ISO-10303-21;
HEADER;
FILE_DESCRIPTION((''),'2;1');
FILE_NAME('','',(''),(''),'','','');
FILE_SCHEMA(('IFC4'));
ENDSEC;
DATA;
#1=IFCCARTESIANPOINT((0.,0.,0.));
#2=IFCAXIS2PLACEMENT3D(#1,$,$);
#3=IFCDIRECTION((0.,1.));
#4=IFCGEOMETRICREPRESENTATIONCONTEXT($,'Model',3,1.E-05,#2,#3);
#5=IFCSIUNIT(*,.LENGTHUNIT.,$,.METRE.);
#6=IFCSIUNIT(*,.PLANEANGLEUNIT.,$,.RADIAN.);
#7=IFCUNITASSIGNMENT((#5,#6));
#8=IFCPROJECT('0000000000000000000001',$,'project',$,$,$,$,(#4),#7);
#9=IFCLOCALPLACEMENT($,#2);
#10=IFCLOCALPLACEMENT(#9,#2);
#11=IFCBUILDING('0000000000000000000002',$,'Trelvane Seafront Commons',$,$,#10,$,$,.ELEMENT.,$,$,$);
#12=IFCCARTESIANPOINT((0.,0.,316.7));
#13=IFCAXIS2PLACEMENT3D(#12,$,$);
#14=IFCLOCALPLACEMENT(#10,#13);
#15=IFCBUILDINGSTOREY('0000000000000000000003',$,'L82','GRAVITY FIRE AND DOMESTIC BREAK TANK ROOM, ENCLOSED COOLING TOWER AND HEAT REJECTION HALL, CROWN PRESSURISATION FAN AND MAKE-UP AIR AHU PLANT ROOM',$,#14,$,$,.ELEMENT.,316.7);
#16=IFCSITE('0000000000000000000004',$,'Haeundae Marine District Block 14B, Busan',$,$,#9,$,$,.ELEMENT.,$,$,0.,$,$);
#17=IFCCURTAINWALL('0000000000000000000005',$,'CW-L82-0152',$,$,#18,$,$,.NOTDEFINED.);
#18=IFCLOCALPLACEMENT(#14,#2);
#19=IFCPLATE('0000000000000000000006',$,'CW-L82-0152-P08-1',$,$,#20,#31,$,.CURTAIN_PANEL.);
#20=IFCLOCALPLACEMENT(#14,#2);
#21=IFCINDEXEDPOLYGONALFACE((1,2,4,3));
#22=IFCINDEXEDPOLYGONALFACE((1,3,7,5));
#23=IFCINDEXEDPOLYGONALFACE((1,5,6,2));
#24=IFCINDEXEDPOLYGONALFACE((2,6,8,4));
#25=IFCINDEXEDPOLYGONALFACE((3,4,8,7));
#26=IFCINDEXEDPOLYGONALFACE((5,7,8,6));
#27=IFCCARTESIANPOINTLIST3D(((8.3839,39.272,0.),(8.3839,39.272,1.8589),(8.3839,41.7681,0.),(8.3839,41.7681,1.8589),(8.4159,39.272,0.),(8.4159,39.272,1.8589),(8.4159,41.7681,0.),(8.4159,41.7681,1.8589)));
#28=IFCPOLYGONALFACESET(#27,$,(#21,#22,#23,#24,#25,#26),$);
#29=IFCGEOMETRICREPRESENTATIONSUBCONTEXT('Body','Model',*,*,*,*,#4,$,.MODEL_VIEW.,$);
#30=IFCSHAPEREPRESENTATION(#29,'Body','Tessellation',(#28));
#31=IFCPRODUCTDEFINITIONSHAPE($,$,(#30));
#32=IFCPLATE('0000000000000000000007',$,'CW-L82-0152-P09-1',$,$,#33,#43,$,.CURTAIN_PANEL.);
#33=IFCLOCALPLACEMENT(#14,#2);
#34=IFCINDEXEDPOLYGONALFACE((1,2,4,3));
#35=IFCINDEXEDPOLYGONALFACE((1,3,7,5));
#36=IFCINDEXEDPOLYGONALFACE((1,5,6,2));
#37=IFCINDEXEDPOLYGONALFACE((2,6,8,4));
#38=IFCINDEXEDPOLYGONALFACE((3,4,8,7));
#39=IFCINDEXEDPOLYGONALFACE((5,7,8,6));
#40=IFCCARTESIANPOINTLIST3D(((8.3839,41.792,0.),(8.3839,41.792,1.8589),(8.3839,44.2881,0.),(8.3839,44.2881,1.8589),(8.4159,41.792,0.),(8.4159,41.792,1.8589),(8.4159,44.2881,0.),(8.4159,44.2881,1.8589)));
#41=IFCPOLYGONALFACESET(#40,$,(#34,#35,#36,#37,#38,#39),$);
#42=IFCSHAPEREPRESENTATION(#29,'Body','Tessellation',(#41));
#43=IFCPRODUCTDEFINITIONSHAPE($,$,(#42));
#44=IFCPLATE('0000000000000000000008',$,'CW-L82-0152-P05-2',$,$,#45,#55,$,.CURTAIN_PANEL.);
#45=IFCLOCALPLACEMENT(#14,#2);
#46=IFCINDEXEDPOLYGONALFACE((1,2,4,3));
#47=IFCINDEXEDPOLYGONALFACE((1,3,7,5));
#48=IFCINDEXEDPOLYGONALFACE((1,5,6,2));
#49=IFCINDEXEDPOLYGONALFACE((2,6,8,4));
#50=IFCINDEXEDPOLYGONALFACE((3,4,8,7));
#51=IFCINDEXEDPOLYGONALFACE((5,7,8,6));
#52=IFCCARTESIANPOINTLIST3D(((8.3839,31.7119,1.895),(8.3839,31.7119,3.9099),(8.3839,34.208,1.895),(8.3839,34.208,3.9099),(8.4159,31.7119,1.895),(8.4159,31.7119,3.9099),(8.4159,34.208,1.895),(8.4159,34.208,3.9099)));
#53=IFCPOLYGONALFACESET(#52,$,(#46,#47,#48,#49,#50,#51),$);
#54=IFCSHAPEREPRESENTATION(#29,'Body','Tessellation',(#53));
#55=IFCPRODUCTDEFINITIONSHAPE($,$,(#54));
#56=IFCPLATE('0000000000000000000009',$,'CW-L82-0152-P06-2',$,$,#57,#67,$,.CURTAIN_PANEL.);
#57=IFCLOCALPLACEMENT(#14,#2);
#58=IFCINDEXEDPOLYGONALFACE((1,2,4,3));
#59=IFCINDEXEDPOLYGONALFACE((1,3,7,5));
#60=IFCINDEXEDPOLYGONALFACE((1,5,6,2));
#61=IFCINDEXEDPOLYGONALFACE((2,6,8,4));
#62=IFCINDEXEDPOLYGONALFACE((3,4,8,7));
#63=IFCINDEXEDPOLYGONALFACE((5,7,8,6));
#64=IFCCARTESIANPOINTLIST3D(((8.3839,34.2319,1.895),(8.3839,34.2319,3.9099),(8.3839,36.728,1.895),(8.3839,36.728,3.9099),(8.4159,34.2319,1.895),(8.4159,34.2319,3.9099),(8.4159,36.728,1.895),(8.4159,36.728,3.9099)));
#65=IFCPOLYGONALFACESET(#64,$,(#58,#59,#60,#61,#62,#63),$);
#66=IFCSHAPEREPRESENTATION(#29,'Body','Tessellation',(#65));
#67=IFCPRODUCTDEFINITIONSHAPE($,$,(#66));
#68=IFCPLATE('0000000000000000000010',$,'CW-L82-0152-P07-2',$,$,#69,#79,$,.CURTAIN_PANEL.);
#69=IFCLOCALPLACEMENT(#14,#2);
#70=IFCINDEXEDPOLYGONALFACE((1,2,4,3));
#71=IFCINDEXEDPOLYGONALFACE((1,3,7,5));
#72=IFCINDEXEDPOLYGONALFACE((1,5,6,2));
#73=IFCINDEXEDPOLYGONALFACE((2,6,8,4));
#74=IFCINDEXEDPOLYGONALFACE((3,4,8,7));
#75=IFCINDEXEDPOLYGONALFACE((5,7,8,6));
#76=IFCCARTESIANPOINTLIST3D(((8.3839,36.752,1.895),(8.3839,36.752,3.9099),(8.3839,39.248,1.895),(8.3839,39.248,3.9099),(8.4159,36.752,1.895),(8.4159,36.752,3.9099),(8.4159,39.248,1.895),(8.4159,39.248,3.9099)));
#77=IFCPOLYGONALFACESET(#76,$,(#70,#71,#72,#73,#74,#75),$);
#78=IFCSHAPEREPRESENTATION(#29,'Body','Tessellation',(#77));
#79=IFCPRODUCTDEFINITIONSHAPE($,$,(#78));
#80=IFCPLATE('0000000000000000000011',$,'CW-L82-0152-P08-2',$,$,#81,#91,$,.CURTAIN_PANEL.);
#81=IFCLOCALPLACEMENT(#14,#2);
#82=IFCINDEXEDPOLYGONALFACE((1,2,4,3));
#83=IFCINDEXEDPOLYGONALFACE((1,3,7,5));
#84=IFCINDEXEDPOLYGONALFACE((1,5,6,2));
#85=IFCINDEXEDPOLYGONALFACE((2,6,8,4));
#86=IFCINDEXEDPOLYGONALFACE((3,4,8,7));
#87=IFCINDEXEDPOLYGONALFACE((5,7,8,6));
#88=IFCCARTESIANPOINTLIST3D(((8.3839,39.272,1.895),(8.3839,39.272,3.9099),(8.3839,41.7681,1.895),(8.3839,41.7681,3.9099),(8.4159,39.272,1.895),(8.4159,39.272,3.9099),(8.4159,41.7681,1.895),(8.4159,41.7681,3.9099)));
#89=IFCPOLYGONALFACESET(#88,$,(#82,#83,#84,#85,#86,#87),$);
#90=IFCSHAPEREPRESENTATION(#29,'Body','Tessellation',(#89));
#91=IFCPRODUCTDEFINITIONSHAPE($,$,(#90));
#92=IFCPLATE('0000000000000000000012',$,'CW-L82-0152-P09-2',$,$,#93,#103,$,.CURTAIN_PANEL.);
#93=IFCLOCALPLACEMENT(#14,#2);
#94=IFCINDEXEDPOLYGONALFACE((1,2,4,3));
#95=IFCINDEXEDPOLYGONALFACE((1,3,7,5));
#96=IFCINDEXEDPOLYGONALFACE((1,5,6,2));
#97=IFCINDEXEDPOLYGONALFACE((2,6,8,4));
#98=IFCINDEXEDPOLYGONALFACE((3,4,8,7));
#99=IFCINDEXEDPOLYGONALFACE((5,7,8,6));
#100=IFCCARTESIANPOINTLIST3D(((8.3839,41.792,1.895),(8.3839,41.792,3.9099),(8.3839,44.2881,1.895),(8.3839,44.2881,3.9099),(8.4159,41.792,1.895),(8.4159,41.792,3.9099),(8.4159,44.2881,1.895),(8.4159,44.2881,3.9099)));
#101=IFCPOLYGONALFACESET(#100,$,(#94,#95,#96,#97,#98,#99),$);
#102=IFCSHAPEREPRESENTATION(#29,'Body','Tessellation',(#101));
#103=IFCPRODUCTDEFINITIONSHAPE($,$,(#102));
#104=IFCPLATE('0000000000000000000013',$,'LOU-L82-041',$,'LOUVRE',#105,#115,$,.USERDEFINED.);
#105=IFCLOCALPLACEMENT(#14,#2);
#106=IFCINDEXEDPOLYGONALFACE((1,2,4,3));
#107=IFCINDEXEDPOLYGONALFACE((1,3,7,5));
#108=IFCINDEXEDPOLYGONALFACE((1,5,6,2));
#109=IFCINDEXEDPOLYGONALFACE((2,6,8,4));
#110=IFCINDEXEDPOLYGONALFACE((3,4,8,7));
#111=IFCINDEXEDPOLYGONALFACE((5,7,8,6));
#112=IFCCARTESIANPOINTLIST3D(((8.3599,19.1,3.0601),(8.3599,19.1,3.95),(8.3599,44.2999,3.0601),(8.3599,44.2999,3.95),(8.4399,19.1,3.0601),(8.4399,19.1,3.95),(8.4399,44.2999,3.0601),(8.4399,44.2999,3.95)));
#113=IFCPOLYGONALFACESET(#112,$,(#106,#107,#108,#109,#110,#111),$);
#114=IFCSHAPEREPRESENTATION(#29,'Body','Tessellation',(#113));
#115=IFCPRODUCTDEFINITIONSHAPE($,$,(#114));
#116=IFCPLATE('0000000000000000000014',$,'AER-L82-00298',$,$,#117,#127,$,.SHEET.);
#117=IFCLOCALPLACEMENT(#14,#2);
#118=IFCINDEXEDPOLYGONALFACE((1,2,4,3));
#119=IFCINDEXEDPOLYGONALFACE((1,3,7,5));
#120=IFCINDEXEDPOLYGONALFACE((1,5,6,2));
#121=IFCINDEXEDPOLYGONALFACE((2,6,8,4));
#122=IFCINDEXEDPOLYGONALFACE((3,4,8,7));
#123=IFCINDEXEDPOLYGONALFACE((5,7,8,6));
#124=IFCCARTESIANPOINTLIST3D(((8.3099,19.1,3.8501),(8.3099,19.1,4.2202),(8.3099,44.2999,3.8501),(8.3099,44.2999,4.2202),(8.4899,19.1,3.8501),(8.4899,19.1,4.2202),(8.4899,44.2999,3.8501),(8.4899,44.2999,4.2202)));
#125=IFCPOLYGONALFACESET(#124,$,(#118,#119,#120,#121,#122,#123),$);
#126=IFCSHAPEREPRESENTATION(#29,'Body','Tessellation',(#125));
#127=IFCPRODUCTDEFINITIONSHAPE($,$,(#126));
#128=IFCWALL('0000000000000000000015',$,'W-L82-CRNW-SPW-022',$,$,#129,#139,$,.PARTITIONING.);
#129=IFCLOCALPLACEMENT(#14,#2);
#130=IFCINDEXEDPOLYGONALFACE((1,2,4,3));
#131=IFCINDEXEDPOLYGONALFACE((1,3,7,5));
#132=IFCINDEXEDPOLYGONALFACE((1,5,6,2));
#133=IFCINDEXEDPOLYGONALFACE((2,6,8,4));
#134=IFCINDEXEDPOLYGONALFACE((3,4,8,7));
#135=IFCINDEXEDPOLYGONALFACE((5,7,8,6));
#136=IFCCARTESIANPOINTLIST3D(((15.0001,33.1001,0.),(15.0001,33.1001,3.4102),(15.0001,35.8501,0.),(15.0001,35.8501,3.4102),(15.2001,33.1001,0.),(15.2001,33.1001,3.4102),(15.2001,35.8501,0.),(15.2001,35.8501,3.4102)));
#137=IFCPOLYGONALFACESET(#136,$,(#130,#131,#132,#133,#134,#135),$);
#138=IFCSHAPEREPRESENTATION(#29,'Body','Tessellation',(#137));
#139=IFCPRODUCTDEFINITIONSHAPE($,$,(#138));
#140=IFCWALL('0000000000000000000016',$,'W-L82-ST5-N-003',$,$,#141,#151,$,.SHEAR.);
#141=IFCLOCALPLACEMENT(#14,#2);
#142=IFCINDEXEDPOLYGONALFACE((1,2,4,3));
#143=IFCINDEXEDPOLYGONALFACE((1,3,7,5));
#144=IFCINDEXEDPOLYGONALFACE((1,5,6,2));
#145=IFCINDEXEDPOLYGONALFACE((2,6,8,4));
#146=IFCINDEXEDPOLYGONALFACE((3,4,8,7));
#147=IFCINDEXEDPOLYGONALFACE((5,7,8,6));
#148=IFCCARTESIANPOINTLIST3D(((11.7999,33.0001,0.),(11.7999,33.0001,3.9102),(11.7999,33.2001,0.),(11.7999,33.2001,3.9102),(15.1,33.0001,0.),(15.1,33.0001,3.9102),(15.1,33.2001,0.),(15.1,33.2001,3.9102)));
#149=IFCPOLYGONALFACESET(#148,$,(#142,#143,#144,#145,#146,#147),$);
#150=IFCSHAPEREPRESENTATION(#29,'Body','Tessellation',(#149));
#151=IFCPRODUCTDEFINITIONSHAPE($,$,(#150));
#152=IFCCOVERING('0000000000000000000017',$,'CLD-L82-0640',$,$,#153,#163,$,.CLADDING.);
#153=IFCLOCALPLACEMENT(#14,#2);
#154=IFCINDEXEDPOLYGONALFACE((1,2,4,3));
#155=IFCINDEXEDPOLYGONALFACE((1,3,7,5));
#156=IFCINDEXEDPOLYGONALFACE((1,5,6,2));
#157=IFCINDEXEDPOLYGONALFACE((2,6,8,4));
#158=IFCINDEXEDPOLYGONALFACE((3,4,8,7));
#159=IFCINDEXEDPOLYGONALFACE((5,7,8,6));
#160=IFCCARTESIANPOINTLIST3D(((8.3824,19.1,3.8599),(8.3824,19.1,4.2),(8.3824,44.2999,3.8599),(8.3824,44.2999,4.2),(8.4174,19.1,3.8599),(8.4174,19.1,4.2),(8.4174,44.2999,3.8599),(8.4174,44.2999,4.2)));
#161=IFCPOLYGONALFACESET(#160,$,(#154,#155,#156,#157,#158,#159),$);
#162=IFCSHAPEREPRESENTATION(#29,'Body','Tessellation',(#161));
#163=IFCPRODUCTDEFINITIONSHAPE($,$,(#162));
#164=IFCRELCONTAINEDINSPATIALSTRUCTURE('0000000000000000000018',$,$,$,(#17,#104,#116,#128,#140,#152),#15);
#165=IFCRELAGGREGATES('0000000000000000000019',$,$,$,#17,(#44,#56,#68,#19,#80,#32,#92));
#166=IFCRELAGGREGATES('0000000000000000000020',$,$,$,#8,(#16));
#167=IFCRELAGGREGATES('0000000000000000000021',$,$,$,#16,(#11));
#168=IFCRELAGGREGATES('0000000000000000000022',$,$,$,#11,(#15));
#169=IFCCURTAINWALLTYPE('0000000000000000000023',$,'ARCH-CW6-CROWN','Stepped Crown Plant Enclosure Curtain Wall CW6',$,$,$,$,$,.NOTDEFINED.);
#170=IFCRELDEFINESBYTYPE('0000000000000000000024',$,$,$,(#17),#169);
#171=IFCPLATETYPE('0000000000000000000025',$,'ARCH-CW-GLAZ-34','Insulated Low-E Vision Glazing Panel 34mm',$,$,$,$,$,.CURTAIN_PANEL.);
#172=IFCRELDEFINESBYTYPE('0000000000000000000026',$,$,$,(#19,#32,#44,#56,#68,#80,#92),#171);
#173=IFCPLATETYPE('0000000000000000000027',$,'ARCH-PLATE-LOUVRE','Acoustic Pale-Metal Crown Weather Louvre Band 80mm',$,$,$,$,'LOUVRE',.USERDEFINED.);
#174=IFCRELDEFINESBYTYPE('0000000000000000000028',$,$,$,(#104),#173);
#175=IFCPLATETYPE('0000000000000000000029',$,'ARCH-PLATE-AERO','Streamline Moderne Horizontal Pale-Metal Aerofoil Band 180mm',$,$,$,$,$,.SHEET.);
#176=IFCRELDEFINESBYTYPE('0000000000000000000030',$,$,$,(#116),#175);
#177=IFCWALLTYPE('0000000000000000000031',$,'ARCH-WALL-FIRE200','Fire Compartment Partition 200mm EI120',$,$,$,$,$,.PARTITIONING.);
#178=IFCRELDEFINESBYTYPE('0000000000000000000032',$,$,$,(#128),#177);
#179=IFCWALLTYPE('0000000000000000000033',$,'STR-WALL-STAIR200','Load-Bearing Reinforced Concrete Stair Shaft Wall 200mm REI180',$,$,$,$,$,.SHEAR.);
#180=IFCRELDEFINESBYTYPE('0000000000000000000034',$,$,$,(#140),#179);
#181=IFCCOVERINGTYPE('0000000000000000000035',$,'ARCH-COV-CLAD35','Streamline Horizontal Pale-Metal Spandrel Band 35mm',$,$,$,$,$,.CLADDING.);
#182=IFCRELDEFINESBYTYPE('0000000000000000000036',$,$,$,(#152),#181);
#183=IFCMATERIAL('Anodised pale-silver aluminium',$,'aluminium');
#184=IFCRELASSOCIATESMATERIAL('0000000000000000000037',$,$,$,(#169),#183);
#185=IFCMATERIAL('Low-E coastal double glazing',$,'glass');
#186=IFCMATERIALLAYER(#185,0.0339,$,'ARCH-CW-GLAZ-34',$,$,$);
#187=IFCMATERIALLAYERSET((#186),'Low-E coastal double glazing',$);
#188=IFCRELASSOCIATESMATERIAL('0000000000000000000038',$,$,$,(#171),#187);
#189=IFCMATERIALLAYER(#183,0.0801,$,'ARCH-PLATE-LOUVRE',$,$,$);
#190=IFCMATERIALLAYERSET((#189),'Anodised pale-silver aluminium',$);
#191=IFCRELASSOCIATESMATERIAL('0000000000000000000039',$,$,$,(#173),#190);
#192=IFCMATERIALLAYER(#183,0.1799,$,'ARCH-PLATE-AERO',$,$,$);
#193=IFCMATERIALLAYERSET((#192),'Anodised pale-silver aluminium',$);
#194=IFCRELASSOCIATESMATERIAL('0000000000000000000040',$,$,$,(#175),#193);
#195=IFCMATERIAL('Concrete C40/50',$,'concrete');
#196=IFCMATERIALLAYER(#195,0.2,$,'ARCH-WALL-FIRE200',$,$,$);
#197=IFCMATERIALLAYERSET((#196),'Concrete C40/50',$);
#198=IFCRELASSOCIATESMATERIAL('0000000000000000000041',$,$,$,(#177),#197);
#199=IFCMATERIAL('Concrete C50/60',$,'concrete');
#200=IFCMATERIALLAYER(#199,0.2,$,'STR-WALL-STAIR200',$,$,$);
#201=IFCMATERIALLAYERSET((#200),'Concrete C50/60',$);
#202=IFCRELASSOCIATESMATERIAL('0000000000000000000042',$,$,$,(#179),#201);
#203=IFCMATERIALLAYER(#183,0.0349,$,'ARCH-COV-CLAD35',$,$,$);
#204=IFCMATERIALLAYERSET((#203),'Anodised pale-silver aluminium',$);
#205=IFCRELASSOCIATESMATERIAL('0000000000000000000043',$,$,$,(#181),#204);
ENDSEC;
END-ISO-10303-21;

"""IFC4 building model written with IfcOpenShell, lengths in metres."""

from ifc_helpers import new_model, si_unit, direction, frame, frame_2d, origin, origin_2d, place, context, subcontext, project, spatial, rectangle, extrude, source, transform, mapped, material, layer, layer_set, type_object, element, aggregate, save


model = new_model("IFC4")

# Units and contexts
model_context = context("Model", 3, precision=1e-05, world=origin(), true_north=direction((0.0, 1.0)))
body_context = subcontext(model_context, "Body", "Model", "MODEL_VIEW")
ifc_project = project(units=[si_unit("LENGTHUNIT", "METRE"), si_unit("PLANEANGLEUNIT", "RADIAN")], contexts=[model_context])

# Site, building, storey
site_placement = place(None, origin())
site = spatial("IfcSite", under=ifc_project, at=site_placement, Name="Haeundae Marine District Block 14B, Busan", CompositionType="ELEMENT", RefElevation=0.0)
building_placement = place(site_placement, origin())
building = spatial("IfcBuilding", under=site, at=building_placement, Name="Trelvane Seafront Commons", CompositionType="ELEMENT")
storey_placement = place(building_placement, frame((0.0, 0.0, 316.7)))
storey = spatial("IfcBuildingStorey", under=building, at=storey_placement, Name="L82", Description="GRAVITY FIRE AND DOMESTIC BREAK TANK ROOM, ENCLOSED COOLING TOWER AND HEAT REJECTION HALL, CROWN PRESSURISATION FAN AND MAKE-UP AIR AHU PLANT ROOM", CompositionType="ELEMENT", Elevation=316.7)

# Curtain wall, plates
ifc_material_1 = material(Name="Anodised pale-silver aluminium", Category="aluminium")
curtain_wall_type = type_object("IfcCurtainWallType", Name="ARCH-CW6-CROWN", Description="Stepped Crown Plant Enclosure Curtain Wall CW6", PredefinedType="NOTDEFINED", material=ifc_material_1)
curtain_wall_placement = place(storey_placement, origin())
curtain_wall = element("IfcCurtainWall", 1, at=curtain_wall_placement, inside=storey, type_object=curtain_wall_type, Name="CW-L82-0152", PredefinedType="NOTDEFINED")
ifc_material_2 = material(Name="Low-E coastal double glazing", Category="glass")
ifc_layer_1 = layer(ifc_material_2, 0.0339, Name="ARCH-CW-GLAZ-34")
ifc_layer_set_1 = layer_set([ifc_layer_1], Name="Low-E coastal double glazing")
plate_type_1 = type_object("IfcPlateType", Name="ARCH-CW-GLAZ-34", Description="Insulated Low-E Vision Glazing Panel 34mm", PredefinedType="CURTAIN_PANEL", material=ifc_layer_set_1)
shared_shape_1 = source(origin(), body_context, "Body", "SweptSolid", [
    extrude(rectangle(XDim=2.4961, YDim=0.032, at=origin_2d()), origin(), (0.0, 0.0, 1.0), 1.8589),
])
plate_1_placement = place(storey_placement, frame((8.3999, 40.52, 0.0), z_axis=(0.0, 0.0, 1.0), x_axis=(0.0, 1.0, 0.0)))
plate_1 = element("IfcPlate", 2, at=plate_1_placement, type_object=plate_type_1, Name="CW-L82-0152-P08-1", PredefinedType="CURTAIN_PANEL", context=body_context, shape_type="MappedRepresentation", body=[
    mapped(shared_shape_1, transform((0.0, 0.0, 0.0), x_axis=(1.0, 0.0, 0.0), y_axis=(0.0, 1.0, 0.0), z_axis=(0.0, 0.0, 1.0), scale=1.0)),
])
plate_2_placement = place(storey_placement, frame((8.3999, 43.04, 0.0), z_axis=(0.0, 0.0, 1.0), x_axis=(0.0, 1.0, 0.0)))
plate_2 = element("IfcPlate", 3, at=plate_2_placement, type_object=plate_type_1, Name="CW-L82-0152-P09-1", PredefinedType="CURTAIN_PANEL", context=body_context, shape_type="MappedRepresentation", body=[
    mapped(shared_shape_1, transform((0.0, 0.0, 0.0), x_axis=(1.0, 0.0, 0.0), y_axis=(0.0, 1.0, 0.0), z_axis=(0.0, 0.0, 1.0), scale=1.0)),
])
shared_shape_2 = source(origin(), body_context, "Body", "SweptSolid", [
    extrude(rectangle(XDim=2.4961, YDim=0.032, at=origin_2d()), origin(), (0.0, 0.0, 1.0), 2.0149),
])
plate_3_placement = place(storey_placement, frame((8.3999, 32.96, 1.895), z_axis=(0.0, 0.0, 1.0), x_axis=(0.0, 1.0, 0.0)))
plate_3 = element("IfcPlate", 4, at=plate_3_placement, type_object=plate_type_1, Name="CW-L82-0152-P05-2", PredefinedType="CURTAIN_PANEL", context=body_context, shape_type="MappedRepresentation", body=[
    mapped(shared_shape_2, transform((0.0, 0.0, 0.0), x_axis=(1.0, 0.0, 0.0), y_axis=(0.0, 1.0, 0.0), z_axis=(0.0, 0.0, 1.0), scale=1.0)),
])
plate_4_placement = place(storey_placement, frame((8.3999, 35.48, 1.895), z_axis=(0.0, 0.0, 1.0), x_axis=(0.0, 1.0, 0.0)))
plate_4 = element("IfcPlate", 5, at=plate_4_placement, type_object=plate_type_1, Name="CW-L82-0152-P06-2", PredefinedType="CURTAIN_PANEL", context=body_context, shape_type="MappedRepresentation", body=[
    mapped(shared_shape_2, transform((0.0, 0.0, 0.0), x_axis=(1.0, 0.0, 0.0), y_axis=(0.0, 1.0, 0.0), z_axis=(0.0, 0.0, 1.0), scale=1.0)),
])
plate_5_placement = place(storey_placement, frame((8.3999, 38.0, 1.895), z_axis=(0.0, 0.0, 1.0), x_axis=(0.0, 1.0, 0.0)))
plate_5 = element("IfcPlate", 6, at=plate_5_placement, type_object=plate_type_1, Name="CW-L82-0152-P07-2", PredefinedType="CURTAIN_PANEL", context=body_context, shape_type="MappedRepresentation", body=[
    mapped(shared_shape_2, transform((0.0, 0.0, 0.0), x_axis=(1.0, 0.0, 0.0), y_axis=(0.0, 1.0, 0.0), z_axis=(0.0, 0.0, 1.0), scale=1.0)),
])
plate_6_placement = place(storey_placement, frame((8.3999, 40.52, 1.895), z_axis=(0.0, 0.0, 1.0), x_axis=(0.0, 1.0, 0.0)))
plate_6 = element("IfcPlate", 7, at=plate_6_placement, type_object=plate_type_1, Name="CW-L82-0152-P08-2", PredefinedType="CURTAIN_PANEL", context=body_context, shape_type="MappedRepresentation", body=[
    mapped(shared_shape_2, transform((0.0, 0.0, 0.0), x_axis=(1.0, 0.0, 0.0), y_axis=(0.0, 1.0, 0.0), z_axis=(0.0, 0.0, 1.0), scale=1.0)),
])
plate_7_placement = place(storey_placement, frame((8.3999, 43.04, 1.895), z_axis=(0.0, 0.0, 1.0), x_axis=(0.0, 1.0, 0.0)))
plate_7 = element("IfcPlate", 8, at=plate_7_placement, type_object=plate_type_1, Name="CW-L82-0152-P09-2", PredefinedType="CURTAIN_PANEL", context=body_context, shape_type="MappedRepresentation", body=[
    mapped(shared_shape_2, transform((0.0, 0.0, 0.0), x_axis=(1.0, 0.0, 0.0), y_axis=(0.0, 1.0, 0.0), z_axis=(0.0, 0.0, 1.0), scale=1.0)),
])
aggregate(curtain_wall, [plate_3, plate_4, plate_5, plate_1, plate_6, plate_2, plate_7])

# Plates
ifc_layer_2 = layer(ifc_material_1, 0.0801, Name="ARCH-PLATE-LOUVRE")
ifc_layer_set_2 = layer_set([ifc_layer_2], Name="Anodised pale-silver aluminium")
plate_type_2 = type_object("IfcPlateType", Name="ARCH-PLATE-LOUVRE", Description="Acoustic Pale-Metal Crown Weather Louvre Band 80mm", ElementType="LOUVRE", PredefinedType="USERDEFINED", material=ifc_layer_set_2)
shared_shape_3 = source(origin(), body_context, "Body", "SweptSolid", [
    extrude(rectangle(XDim=25.2, YDim=0.0801, at=origin_2d()), origin(), (0.0, 0.0, 1.0), 0.8899),
])
plate_8_placement = place(storey_placement, frame((8.3999, 31.7, 3.0601), z_axis=(0.0, 0.0, 1.0), x_axis=(0.0, 1.0, 0.0)))
element("IfcPlate", 9, at=plate_8_placement, inside=storey, type_object=plate_type_2, Name="LOU-L82-041", ObjectType="LOUVRE", PredefinedType="USERDEFINED", context=body_context, shape_type="MappedRepresentation", body=[
    mapped(shared_shape_3, transform((0.0, 0.0, 0.0), x_axis=(1.0, 0.0, 0.0), y_axis=(0.0, 1.0, 0.0), z_axis=(0.0, 0.0, 1.0), scale=1.0)),
])
ifc_layer_3 = layer(ifc_material_1, 0.1799, Name="ARCH-PLATE-AERO")
ifc_layer_set_3 = layer_set([ifc_layer_3], Name="Anodised pale-silver aluminium")
plate_type_3 = type_object("IfcPlateType", Name="ARCH-PLATE-AERO", Description="Streamline Moderne Horizontal Pale-Metal Aerofoil Band 180mm", PredefinedType="SHEET", material=ifc_layer_set_3)
shared_shape_4 = source(origin(), body_context, "Body", "SweptSolid", [
    extrude(rectangle(XDim=25.2, YDim=0.1799, at=origin_2d()), origin(), (0.0, 0.0, 1.0), 0.3701),
])
plate_9_placement = place(storey_placement, frame((8.3999, 31.7, 3.8501), z_axis=(0.0, 0.0, 1.0), x_axis=(0.0, 1.0, 0.0)))
element("IfcPlate", 10, at=plate_9_placement, inside=storey, type_object=plate_type_3, Name="AER-L82-00298", PredefinedType="SHEET", context=body_context, shape_type="MappedRepresentation", body=[
    mapped(shared_shape_4, transform((0.0, 0.0, 0.0), x_axis=(1.0, 0.0, 0.0), y_axis=(0.0, 1.0, 0.0), z_axis=(0.0, 0.0, 1.0), scale=1.0)),
])

# Shared definitions
ifc_material_3 = material(Name="Concrete C40/50", Category="concrete")
ifc_layer_4 = layer(ifc_material_3, 0.2, Name="ARCH-WALL-FIRE200")
ifc_layer_set_4 = layer_set([ifc_layer_4], Name="Concrete C40/50")
wall_type_1 = type_object("IfcWallType", Name="ARCH-WALL-FIRE200", Description="Fire Compartment Partition 200mm EI120", PredefinedType="PARTITIONING", material=ifc_layer_set_4)

# Walls
wall_1_placement = place(storey_placement, frame((15.1001, 33.1001, 0.0), z_axis=(0.0, 0.0, 1.0), x_axis=(0.0, 1.0, 0.0)))
element("IfcWall", 11, at=wall_1_placement, inside=storey, type_object=wall_type_1, Name="W-L82-CRNW-SPW-022", PredefinedType="PARTITIONING", context=body_context, shape_type="SweptSolid", body=[
    extrude(rectangle(XDim=2.75, YDim=0.2, at=frame_2d((1.375, 0.0))), origin(), (0.0, 0.0, 1.0), 3.4102),
])
ifc_material_4 = material(Name="Concrete C50/60", Category="concrete")
ifc_layer_5 = layer(ifc_material_4, 0.2, Name="STR-WALL-STAIR200")
ifc_layer_set_5 = layer_set([ifc_layer_5], Name="Concrete C50/60")
wall_type_2 = type_object("IfcWallType", Name="STR-WALL-STAIR200", Description="Load-Bearing Reinforced Concrete Stair Shaft Wall 200mm REI180", PredefinedType="SHEAR", material=ifc_layer_set_5)
wall_2_placement = place(storey_placement, frame((11.8, 33.1001, 0.0), z_axis=(0.0, 0.0, 1.0), x_axis=(1.0, 0.0, 0.0)))
element("IfcWall", 12, at=wall_2_placement, inside=storey, type_object=wall_type_2, Name="W-L82-ST5-N-003", PredefinedType="SHEAR", context=body_context, shape_type="SweptSolid", body=[
    extrude(rectangle(XDim=3.3, YDim=0.2, at=frame_2d((1.6499, 0.0))), origin(), (0.0, 0.0, 1.0), 3.9102),
])

# Covering
ifc_layer_6 = layer(ifc_material_1, 0.0349, Name="ARCH-COV-CLAD35")
ifc_layer_set_6 = layer_set([ifc_layer_6], Name="Anodised pale-silver aluminium")
covering_type = type_object("IfcCoveringType", Name="ARCH-COV-CLAD35", Description="Streamline Horizontal Pale-Metal Spandrel Band 35mm", PredefinedType="CLADDING", material=ifc_layer_set_6)
shared_shape_5 = source(origin(), body_context, "Body", "SweptSolid", [
    extrude(rectangle(XDim=25.2, YDim=0.0349, at=origin_2d()), origin(), (0.0, 0.0, 1.0), 0.3401),
])
covering_placement = place(storey_placement, frame((8.3999, 31.7, 3.8599), z_axis=(0.0, 0.0, 1.0), x_axis=(0.0, 1.0, 0.0)))
element("IfcCovering", 13, at=covering_placement, inside=storey, type_object=covering_type, Name="CLD-L82-0640", PredefinedType="CLADDING", context=body_context, shape_type="MappedRepresentation", body=[
    mapped(shared_shape_5, transform((0.0, 0.0, 0.0), x_axis=(1.0, 0.0, 0.0), y_axis=(0.0, 1.0, 0.0), z_axis=(0.0, 0.0, 1.0), scale=1.0)),
])

save(model, "model.ifc")
